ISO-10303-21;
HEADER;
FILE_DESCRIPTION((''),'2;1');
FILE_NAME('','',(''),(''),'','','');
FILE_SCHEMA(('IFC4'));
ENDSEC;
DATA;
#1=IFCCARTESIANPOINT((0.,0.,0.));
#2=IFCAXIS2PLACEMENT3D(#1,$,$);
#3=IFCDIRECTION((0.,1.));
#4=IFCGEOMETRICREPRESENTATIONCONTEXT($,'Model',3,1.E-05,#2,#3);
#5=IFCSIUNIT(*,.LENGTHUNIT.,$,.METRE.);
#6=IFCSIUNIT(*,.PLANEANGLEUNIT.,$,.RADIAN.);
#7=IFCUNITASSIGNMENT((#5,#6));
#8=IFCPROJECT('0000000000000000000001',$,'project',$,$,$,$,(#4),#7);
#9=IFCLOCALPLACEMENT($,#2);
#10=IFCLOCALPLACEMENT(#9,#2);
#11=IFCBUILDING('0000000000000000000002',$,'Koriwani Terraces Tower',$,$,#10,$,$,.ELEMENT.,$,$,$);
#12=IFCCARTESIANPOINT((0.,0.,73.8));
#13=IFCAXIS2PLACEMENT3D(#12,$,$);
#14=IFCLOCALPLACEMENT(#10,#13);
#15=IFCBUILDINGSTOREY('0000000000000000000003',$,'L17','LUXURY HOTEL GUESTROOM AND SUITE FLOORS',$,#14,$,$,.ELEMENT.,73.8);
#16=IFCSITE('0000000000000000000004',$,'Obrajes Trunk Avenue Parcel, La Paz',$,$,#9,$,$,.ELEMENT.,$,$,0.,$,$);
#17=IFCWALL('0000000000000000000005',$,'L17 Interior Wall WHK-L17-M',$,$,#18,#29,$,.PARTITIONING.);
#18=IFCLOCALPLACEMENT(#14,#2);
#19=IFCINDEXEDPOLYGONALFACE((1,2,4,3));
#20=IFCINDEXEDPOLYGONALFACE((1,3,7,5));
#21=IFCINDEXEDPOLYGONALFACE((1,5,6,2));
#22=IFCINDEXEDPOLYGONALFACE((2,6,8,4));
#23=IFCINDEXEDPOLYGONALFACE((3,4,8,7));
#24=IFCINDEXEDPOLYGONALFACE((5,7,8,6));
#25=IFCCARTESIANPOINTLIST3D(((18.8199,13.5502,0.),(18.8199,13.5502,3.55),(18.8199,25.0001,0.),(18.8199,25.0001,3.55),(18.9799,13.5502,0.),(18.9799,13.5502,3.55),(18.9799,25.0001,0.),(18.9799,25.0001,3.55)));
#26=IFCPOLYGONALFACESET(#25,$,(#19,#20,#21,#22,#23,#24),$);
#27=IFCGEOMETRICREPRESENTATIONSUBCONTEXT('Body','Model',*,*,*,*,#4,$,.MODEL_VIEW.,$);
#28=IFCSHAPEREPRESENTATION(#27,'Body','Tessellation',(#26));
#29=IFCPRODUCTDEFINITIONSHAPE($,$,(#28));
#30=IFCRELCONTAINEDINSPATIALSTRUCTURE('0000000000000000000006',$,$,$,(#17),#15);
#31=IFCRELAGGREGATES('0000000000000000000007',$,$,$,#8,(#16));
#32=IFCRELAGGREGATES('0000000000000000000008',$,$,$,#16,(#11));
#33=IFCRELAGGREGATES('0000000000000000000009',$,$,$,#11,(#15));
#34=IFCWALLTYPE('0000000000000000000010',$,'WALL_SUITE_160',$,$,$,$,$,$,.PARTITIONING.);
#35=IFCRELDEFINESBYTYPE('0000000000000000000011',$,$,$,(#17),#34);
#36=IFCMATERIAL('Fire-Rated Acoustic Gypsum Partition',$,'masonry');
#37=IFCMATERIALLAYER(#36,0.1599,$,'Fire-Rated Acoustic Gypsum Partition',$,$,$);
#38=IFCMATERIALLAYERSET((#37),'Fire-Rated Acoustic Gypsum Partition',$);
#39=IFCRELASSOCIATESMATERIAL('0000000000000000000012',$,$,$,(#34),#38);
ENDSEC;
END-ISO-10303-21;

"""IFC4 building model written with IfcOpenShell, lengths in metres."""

from ifc_helpers import new_model, si_unit, direction, frame, frame_2d, origin, place, context, subcontext, project, spatial, rectangle, extrude, material, layer, layer_set, type_object, element, save


model = new_model("IFC4")

# Units and contexts
model_context = context("Model", 3, precision=1e-05, world=origin(), true_north=direction((0.0, 1.0)))
body_context = subcontext(model_context, "Body", "Model", "MODEL_VIEW")
ifc_project = project(units=[si_unit("LENGTHUNIT", "METRE"), si_unit("PLANEANGLEUNIT", "RADIAN")], contexts=[model_context])

# Site, building, storey
site_placement = place(None, origin())
site = spatial("IfcSite", under=ifc_project, at=site_placement, Name="Obrajes Trunk Avenue Parcel, La Paz", CompositionType="ELEMENT", RefElevation=0.0)
building_placement = place(site_placement, origin())
building = spatial("IfcBuilding", under=site, at=building_placement, Name="Koriwani Terraces Tower", CompositionType="ELEMENT")
storey_placement = place(building_placement, frame((0.0, 0.0, 73.8)))
storey = spatial("IfcBuildingStorey", under=building, at=storey_placement, Name="L17", Description="LUXURY HOTEL GUESTROOM AND SUITE FLOORS", CompositionType="ELEMENT", Elevation=73.8)

# Wall
ifc_material_1 = material(Name="Fire-Rated Acoustic Gypsum Partition", Category="masonry")
ifc_layer_1 = layer(ifc_material_1, 0.1599, Name="Fire-Rated Acoustic Gypsum Partition")
ifc_layer_set_1 = layer_set([ifc_layer_1], Name="Fire-Rated Acoustic Gypsum Partition")
wall_type_1 = type_object("IfcWallType", Name="WALL_SUITE_160", PredefinedType="PARTITIONING", material=ifc_layer_set_1)
wall_1_placement = place(storey_placement, frame((18.8999, 13.55, 0.0), z_axis=(0.0, 0.0, 1.0), x_axis=(0.0, 1.0, 0.0)))
element("IfcWall", 1, at=wall_1_placement, inside=storey, type_object=wall_type_1, Name="L17 Interior Wall WHK-L17-M", PredefinedType="PARTITIONING", context=body_context, shape_type="SweptSolid", body=[
    extrude(rectangle(XDim=11.45, YDim=0.1599, at=frame_2d((5.7251, 0.0))), origin(), (0.0, 0.0, 1.0), 3.55),
])

save(model, "model.ifc")
